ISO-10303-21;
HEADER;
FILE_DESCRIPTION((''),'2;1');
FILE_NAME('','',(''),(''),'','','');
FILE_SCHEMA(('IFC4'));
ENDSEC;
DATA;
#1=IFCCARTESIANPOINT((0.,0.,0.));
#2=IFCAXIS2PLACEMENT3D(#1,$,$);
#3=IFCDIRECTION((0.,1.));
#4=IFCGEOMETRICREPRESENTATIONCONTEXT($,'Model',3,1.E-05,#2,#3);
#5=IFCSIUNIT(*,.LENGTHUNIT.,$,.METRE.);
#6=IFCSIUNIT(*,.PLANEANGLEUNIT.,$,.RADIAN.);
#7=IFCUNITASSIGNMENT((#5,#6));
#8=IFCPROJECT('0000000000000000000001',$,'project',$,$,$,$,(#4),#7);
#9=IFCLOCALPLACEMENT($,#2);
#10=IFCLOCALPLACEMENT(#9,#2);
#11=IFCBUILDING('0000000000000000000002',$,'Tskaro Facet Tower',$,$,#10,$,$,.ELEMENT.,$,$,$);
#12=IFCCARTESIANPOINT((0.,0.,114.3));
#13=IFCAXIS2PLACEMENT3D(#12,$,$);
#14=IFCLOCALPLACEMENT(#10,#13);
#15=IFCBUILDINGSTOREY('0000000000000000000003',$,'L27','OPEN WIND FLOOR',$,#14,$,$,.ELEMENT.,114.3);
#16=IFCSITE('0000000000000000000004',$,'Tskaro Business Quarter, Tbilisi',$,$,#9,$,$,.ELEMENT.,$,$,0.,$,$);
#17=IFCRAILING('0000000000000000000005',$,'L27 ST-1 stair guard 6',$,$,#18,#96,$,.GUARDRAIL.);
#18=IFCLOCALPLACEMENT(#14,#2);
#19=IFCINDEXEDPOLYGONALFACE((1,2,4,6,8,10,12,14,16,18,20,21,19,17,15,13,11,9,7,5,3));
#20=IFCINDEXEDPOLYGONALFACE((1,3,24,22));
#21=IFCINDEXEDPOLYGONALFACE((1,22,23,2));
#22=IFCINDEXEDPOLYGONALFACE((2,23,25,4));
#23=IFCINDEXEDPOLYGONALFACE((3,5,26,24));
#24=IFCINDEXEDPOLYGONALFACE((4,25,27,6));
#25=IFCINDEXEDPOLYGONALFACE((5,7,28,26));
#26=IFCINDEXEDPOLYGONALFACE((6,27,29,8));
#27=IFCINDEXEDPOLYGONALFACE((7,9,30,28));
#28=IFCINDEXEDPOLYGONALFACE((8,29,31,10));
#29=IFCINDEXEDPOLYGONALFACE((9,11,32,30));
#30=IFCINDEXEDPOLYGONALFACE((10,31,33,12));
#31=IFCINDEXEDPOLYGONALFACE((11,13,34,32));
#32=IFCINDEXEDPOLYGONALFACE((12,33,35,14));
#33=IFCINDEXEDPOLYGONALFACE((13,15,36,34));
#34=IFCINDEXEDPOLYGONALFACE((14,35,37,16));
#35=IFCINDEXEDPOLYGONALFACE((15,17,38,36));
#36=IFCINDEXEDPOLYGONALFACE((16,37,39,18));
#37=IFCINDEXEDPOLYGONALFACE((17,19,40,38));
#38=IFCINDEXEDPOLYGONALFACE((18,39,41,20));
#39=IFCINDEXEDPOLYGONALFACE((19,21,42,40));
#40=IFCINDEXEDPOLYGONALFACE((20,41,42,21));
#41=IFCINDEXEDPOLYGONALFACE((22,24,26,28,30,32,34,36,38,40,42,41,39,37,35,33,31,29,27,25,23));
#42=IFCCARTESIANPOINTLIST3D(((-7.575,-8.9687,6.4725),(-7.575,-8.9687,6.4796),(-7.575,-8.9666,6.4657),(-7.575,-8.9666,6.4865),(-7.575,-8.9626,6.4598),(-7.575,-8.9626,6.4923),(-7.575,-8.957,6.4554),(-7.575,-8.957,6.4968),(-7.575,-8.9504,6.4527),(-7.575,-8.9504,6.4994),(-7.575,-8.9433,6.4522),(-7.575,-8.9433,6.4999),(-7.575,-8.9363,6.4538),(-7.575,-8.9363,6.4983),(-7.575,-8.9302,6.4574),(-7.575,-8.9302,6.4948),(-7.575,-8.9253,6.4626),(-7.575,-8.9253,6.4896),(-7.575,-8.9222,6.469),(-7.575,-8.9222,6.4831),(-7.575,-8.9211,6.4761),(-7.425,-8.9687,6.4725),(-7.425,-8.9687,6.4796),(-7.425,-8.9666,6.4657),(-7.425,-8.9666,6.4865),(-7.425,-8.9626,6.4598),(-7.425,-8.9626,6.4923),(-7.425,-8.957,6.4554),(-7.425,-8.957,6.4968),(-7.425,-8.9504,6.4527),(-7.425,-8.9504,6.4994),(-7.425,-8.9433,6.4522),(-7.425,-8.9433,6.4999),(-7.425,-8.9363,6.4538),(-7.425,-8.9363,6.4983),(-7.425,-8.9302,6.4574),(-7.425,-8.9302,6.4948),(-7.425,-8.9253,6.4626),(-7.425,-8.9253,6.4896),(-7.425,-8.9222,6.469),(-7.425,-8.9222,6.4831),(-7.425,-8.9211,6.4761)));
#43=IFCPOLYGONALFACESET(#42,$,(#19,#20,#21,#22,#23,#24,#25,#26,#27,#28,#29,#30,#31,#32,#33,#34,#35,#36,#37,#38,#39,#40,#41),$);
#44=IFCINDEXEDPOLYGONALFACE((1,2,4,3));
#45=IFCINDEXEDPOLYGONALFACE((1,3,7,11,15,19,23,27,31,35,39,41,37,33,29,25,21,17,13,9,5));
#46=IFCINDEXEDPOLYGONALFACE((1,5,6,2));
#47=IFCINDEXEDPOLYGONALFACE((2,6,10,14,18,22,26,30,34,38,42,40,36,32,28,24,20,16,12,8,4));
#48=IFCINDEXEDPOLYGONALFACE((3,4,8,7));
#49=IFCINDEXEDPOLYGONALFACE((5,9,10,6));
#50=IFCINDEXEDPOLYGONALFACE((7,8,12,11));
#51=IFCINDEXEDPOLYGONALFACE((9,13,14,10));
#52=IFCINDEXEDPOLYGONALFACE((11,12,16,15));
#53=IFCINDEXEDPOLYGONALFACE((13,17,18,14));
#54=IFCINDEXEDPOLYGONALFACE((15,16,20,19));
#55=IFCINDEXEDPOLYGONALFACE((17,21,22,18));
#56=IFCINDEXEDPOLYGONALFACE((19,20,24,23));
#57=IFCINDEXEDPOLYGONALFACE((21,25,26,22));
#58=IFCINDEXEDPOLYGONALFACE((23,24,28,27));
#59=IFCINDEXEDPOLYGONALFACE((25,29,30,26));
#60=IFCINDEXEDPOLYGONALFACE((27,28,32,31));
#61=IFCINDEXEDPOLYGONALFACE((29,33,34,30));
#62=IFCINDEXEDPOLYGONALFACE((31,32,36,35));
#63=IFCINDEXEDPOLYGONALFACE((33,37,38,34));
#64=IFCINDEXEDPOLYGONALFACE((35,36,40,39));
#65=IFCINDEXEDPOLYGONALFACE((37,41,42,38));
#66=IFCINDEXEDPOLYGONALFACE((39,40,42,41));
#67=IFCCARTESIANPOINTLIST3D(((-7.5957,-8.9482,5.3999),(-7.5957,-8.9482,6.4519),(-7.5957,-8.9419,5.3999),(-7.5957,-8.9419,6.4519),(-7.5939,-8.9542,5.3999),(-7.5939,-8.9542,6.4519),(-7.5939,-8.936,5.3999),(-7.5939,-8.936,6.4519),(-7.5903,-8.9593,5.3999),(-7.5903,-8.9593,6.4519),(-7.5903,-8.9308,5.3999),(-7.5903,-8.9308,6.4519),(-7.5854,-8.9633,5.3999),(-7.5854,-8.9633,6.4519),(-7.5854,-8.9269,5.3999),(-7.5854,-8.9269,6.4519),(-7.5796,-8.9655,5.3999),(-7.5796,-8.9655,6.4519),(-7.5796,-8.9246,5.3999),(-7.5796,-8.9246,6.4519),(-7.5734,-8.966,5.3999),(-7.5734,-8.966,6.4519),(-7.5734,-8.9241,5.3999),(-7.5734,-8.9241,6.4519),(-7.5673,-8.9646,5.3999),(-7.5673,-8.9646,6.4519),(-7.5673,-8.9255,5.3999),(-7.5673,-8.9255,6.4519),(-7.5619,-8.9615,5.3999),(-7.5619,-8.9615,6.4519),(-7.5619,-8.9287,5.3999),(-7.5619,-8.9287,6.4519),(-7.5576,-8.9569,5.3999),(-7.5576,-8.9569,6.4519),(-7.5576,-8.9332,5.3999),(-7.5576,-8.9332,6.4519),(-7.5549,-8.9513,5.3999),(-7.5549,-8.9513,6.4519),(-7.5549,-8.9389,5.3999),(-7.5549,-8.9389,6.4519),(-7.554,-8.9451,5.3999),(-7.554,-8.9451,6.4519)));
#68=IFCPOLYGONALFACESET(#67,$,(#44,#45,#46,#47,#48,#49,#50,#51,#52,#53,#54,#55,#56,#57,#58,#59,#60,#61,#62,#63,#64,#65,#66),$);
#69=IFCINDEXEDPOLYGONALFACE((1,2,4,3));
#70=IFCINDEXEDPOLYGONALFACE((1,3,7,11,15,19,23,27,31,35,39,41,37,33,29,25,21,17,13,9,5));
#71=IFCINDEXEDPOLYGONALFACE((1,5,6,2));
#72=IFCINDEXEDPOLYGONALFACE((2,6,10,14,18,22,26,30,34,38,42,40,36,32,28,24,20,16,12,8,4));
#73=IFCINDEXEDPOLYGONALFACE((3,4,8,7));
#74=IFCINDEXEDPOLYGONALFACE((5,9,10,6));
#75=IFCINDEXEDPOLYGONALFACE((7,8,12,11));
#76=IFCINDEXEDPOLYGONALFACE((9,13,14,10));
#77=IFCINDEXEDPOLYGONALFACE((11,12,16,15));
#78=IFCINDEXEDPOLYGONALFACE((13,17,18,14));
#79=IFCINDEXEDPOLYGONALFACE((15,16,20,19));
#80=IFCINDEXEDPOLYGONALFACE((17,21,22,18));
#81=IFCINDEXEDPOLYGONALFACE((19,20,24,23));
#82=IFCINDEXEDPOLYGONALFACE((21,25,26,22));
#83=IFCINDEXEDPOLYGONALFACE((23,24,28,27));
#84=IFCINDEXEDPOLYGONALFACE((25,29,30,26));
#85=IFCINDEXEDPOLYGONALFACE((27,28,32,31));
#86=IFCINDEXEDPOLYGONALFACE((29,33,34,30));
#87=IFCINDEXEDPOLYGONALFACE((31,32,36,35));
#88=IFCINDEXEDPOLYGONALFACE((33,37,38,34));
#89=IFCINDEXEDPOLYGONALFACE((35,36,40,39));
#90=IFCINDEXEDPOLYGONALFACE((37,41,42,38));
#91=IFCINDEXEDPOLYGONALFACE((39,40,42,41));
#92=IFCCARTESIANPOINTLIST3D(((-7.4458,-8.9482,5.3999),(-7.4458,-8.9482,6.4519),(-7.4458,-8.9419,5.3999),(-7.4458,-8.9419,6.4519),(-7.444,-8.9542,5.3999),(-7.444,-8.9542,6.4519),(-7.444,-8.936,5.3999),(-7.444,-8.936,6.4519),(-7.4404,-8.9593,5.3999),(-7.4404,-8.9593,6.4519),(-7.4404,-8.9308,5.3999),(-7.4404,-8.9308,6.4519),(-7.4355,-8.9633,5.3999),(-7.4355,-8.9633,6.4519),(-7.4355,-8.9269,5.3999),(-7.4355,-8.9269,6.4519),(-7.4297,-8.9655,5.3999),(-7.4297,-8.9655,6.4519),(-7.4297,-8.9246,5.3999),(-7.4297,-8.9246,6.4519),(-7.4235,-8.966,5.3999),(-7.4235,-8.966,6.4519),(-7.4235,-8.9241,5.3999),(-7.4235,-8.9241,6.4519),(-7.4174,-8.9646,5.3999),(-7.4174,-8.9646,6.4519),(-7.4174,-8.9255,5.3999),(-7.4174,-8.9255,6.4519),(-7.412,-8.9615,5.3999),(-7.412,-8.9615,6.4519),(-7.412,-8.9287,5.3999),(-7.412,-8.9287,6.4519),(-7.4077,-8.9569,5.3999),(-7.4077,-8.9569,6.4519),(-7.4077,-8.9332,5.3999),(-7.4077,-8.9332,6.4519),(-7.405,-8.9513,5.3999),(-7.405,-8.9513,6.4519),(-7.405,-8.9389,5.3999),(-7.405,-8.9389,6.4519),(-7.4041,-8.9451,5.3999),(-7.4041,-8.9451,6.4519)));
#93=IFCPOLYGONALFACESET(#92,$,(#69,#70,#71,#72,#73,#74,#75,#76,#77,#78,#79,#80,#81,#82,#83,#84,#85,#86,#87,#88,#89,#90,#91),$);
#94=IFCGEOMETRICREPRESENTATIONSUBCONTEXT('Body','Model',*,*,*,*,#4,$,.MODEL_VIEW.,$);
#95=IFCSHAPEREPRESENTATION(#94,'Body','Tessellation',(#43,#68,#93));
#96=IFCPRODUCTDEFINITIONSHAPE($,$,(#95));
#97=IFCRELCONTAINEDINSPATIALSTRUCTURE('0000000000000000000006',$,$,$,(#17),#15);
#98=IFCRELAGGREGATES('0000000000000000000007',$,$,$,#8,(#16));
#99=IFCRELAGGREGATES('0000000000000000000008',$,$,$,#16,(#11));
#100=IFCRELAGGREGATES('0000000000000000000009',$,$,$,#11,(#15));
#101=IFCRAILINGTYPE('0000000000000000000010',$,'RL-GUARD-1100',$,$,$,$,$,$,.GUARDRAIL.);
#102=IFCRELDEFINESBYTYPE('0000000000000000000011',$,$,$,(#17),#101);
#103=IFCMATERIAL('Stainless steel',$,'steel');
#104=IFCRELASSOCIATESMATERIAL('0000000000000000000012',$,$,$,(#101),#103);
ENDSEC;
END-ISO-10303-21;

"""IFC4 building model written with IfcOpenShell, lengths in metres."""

from ifc_helpers import new_model, si_unit, direction, frame, origin, origin_2d, place, context, subcontext, project, spatial, circle, extrude, material, type_object, element, save


model = new_model("IFC4")

# Units and contexts
model_context = context("Model", 3, precision=1e-05, world=origin(), true_north=direction((0.0, 1.0)))
body_context = subcontext(model_context, "Body", "Model", "MODEL_VIEW")
ifc_project = project(units=[si_unit("LENGTHUNIT", "METRE"), si_unit("PLANEANGLEUNIT", "RADIAN")], contexts=[model_context])

# Site, building, storey
site_placement = place(None, origin())
site = spatial("IfcSite", under=ifc_project, at=site_placement, Name="Tskaro Business Quarter, Tbilisi", CompositionType="ELEMENT", RefElevation=0.0)
building_placement = place(site_placement, origin())
building = spatial("IfcBuilding", under=site, at=building_placement, Name="Tskaro Facet Tower", CompositionType="ELEMENT")
storey_placement = place(building_placement, frame((0.0, 0.0, 114.3)))
storey = spatial("IfcBuildingStorey", under=building, at=storey_placement, Name="L27", Description="OPEN WIND FLOOR", CompositionType="ELEMENT", Elevation=114.3)

# Shared definitions
ifc_material_1 = material(Name="Stainless steel", Category="steel")

# Railing
railing_type_1 = type_object("IfcRailingType", Name="RL-GUARD-1100", PredefinedType="GUARDRAIL", material=ifc_material_1)
railing_1_placement = place(storey_placement, frame((-7.575, -8.9451, 5.3999)))
element("IfcRailing", 1, at=railing_1_placement, inside=storey, type_object=railing_type_1, Name="L27 ST-1 stair guard 6", PredefinedType="GUARDRAIL", context=body_context, shape_type="SweptSolid", body=[
    extrude(circle(Radius=0.0239, at=origin_2d()), frame((0.0, 0.0, 1.0762), z_axis=(1.0, 0.0, 0.0), x_axis=(0.0, 1.0, 0.0)), (0.0, 0.0, 1.0), 0.1499),
    extrude(circle(Radius=0.021, at=origin_2d()), origin(), (0.0, 0.0, 1.0), 1.052),
    extrude(circle(Radius=0.021, at=origin_2d()), frame((0.1499, 0.0, 0.0)), (0.0, 0.0, 1.0), 1.052),
])

save(model, "model.ifc")
